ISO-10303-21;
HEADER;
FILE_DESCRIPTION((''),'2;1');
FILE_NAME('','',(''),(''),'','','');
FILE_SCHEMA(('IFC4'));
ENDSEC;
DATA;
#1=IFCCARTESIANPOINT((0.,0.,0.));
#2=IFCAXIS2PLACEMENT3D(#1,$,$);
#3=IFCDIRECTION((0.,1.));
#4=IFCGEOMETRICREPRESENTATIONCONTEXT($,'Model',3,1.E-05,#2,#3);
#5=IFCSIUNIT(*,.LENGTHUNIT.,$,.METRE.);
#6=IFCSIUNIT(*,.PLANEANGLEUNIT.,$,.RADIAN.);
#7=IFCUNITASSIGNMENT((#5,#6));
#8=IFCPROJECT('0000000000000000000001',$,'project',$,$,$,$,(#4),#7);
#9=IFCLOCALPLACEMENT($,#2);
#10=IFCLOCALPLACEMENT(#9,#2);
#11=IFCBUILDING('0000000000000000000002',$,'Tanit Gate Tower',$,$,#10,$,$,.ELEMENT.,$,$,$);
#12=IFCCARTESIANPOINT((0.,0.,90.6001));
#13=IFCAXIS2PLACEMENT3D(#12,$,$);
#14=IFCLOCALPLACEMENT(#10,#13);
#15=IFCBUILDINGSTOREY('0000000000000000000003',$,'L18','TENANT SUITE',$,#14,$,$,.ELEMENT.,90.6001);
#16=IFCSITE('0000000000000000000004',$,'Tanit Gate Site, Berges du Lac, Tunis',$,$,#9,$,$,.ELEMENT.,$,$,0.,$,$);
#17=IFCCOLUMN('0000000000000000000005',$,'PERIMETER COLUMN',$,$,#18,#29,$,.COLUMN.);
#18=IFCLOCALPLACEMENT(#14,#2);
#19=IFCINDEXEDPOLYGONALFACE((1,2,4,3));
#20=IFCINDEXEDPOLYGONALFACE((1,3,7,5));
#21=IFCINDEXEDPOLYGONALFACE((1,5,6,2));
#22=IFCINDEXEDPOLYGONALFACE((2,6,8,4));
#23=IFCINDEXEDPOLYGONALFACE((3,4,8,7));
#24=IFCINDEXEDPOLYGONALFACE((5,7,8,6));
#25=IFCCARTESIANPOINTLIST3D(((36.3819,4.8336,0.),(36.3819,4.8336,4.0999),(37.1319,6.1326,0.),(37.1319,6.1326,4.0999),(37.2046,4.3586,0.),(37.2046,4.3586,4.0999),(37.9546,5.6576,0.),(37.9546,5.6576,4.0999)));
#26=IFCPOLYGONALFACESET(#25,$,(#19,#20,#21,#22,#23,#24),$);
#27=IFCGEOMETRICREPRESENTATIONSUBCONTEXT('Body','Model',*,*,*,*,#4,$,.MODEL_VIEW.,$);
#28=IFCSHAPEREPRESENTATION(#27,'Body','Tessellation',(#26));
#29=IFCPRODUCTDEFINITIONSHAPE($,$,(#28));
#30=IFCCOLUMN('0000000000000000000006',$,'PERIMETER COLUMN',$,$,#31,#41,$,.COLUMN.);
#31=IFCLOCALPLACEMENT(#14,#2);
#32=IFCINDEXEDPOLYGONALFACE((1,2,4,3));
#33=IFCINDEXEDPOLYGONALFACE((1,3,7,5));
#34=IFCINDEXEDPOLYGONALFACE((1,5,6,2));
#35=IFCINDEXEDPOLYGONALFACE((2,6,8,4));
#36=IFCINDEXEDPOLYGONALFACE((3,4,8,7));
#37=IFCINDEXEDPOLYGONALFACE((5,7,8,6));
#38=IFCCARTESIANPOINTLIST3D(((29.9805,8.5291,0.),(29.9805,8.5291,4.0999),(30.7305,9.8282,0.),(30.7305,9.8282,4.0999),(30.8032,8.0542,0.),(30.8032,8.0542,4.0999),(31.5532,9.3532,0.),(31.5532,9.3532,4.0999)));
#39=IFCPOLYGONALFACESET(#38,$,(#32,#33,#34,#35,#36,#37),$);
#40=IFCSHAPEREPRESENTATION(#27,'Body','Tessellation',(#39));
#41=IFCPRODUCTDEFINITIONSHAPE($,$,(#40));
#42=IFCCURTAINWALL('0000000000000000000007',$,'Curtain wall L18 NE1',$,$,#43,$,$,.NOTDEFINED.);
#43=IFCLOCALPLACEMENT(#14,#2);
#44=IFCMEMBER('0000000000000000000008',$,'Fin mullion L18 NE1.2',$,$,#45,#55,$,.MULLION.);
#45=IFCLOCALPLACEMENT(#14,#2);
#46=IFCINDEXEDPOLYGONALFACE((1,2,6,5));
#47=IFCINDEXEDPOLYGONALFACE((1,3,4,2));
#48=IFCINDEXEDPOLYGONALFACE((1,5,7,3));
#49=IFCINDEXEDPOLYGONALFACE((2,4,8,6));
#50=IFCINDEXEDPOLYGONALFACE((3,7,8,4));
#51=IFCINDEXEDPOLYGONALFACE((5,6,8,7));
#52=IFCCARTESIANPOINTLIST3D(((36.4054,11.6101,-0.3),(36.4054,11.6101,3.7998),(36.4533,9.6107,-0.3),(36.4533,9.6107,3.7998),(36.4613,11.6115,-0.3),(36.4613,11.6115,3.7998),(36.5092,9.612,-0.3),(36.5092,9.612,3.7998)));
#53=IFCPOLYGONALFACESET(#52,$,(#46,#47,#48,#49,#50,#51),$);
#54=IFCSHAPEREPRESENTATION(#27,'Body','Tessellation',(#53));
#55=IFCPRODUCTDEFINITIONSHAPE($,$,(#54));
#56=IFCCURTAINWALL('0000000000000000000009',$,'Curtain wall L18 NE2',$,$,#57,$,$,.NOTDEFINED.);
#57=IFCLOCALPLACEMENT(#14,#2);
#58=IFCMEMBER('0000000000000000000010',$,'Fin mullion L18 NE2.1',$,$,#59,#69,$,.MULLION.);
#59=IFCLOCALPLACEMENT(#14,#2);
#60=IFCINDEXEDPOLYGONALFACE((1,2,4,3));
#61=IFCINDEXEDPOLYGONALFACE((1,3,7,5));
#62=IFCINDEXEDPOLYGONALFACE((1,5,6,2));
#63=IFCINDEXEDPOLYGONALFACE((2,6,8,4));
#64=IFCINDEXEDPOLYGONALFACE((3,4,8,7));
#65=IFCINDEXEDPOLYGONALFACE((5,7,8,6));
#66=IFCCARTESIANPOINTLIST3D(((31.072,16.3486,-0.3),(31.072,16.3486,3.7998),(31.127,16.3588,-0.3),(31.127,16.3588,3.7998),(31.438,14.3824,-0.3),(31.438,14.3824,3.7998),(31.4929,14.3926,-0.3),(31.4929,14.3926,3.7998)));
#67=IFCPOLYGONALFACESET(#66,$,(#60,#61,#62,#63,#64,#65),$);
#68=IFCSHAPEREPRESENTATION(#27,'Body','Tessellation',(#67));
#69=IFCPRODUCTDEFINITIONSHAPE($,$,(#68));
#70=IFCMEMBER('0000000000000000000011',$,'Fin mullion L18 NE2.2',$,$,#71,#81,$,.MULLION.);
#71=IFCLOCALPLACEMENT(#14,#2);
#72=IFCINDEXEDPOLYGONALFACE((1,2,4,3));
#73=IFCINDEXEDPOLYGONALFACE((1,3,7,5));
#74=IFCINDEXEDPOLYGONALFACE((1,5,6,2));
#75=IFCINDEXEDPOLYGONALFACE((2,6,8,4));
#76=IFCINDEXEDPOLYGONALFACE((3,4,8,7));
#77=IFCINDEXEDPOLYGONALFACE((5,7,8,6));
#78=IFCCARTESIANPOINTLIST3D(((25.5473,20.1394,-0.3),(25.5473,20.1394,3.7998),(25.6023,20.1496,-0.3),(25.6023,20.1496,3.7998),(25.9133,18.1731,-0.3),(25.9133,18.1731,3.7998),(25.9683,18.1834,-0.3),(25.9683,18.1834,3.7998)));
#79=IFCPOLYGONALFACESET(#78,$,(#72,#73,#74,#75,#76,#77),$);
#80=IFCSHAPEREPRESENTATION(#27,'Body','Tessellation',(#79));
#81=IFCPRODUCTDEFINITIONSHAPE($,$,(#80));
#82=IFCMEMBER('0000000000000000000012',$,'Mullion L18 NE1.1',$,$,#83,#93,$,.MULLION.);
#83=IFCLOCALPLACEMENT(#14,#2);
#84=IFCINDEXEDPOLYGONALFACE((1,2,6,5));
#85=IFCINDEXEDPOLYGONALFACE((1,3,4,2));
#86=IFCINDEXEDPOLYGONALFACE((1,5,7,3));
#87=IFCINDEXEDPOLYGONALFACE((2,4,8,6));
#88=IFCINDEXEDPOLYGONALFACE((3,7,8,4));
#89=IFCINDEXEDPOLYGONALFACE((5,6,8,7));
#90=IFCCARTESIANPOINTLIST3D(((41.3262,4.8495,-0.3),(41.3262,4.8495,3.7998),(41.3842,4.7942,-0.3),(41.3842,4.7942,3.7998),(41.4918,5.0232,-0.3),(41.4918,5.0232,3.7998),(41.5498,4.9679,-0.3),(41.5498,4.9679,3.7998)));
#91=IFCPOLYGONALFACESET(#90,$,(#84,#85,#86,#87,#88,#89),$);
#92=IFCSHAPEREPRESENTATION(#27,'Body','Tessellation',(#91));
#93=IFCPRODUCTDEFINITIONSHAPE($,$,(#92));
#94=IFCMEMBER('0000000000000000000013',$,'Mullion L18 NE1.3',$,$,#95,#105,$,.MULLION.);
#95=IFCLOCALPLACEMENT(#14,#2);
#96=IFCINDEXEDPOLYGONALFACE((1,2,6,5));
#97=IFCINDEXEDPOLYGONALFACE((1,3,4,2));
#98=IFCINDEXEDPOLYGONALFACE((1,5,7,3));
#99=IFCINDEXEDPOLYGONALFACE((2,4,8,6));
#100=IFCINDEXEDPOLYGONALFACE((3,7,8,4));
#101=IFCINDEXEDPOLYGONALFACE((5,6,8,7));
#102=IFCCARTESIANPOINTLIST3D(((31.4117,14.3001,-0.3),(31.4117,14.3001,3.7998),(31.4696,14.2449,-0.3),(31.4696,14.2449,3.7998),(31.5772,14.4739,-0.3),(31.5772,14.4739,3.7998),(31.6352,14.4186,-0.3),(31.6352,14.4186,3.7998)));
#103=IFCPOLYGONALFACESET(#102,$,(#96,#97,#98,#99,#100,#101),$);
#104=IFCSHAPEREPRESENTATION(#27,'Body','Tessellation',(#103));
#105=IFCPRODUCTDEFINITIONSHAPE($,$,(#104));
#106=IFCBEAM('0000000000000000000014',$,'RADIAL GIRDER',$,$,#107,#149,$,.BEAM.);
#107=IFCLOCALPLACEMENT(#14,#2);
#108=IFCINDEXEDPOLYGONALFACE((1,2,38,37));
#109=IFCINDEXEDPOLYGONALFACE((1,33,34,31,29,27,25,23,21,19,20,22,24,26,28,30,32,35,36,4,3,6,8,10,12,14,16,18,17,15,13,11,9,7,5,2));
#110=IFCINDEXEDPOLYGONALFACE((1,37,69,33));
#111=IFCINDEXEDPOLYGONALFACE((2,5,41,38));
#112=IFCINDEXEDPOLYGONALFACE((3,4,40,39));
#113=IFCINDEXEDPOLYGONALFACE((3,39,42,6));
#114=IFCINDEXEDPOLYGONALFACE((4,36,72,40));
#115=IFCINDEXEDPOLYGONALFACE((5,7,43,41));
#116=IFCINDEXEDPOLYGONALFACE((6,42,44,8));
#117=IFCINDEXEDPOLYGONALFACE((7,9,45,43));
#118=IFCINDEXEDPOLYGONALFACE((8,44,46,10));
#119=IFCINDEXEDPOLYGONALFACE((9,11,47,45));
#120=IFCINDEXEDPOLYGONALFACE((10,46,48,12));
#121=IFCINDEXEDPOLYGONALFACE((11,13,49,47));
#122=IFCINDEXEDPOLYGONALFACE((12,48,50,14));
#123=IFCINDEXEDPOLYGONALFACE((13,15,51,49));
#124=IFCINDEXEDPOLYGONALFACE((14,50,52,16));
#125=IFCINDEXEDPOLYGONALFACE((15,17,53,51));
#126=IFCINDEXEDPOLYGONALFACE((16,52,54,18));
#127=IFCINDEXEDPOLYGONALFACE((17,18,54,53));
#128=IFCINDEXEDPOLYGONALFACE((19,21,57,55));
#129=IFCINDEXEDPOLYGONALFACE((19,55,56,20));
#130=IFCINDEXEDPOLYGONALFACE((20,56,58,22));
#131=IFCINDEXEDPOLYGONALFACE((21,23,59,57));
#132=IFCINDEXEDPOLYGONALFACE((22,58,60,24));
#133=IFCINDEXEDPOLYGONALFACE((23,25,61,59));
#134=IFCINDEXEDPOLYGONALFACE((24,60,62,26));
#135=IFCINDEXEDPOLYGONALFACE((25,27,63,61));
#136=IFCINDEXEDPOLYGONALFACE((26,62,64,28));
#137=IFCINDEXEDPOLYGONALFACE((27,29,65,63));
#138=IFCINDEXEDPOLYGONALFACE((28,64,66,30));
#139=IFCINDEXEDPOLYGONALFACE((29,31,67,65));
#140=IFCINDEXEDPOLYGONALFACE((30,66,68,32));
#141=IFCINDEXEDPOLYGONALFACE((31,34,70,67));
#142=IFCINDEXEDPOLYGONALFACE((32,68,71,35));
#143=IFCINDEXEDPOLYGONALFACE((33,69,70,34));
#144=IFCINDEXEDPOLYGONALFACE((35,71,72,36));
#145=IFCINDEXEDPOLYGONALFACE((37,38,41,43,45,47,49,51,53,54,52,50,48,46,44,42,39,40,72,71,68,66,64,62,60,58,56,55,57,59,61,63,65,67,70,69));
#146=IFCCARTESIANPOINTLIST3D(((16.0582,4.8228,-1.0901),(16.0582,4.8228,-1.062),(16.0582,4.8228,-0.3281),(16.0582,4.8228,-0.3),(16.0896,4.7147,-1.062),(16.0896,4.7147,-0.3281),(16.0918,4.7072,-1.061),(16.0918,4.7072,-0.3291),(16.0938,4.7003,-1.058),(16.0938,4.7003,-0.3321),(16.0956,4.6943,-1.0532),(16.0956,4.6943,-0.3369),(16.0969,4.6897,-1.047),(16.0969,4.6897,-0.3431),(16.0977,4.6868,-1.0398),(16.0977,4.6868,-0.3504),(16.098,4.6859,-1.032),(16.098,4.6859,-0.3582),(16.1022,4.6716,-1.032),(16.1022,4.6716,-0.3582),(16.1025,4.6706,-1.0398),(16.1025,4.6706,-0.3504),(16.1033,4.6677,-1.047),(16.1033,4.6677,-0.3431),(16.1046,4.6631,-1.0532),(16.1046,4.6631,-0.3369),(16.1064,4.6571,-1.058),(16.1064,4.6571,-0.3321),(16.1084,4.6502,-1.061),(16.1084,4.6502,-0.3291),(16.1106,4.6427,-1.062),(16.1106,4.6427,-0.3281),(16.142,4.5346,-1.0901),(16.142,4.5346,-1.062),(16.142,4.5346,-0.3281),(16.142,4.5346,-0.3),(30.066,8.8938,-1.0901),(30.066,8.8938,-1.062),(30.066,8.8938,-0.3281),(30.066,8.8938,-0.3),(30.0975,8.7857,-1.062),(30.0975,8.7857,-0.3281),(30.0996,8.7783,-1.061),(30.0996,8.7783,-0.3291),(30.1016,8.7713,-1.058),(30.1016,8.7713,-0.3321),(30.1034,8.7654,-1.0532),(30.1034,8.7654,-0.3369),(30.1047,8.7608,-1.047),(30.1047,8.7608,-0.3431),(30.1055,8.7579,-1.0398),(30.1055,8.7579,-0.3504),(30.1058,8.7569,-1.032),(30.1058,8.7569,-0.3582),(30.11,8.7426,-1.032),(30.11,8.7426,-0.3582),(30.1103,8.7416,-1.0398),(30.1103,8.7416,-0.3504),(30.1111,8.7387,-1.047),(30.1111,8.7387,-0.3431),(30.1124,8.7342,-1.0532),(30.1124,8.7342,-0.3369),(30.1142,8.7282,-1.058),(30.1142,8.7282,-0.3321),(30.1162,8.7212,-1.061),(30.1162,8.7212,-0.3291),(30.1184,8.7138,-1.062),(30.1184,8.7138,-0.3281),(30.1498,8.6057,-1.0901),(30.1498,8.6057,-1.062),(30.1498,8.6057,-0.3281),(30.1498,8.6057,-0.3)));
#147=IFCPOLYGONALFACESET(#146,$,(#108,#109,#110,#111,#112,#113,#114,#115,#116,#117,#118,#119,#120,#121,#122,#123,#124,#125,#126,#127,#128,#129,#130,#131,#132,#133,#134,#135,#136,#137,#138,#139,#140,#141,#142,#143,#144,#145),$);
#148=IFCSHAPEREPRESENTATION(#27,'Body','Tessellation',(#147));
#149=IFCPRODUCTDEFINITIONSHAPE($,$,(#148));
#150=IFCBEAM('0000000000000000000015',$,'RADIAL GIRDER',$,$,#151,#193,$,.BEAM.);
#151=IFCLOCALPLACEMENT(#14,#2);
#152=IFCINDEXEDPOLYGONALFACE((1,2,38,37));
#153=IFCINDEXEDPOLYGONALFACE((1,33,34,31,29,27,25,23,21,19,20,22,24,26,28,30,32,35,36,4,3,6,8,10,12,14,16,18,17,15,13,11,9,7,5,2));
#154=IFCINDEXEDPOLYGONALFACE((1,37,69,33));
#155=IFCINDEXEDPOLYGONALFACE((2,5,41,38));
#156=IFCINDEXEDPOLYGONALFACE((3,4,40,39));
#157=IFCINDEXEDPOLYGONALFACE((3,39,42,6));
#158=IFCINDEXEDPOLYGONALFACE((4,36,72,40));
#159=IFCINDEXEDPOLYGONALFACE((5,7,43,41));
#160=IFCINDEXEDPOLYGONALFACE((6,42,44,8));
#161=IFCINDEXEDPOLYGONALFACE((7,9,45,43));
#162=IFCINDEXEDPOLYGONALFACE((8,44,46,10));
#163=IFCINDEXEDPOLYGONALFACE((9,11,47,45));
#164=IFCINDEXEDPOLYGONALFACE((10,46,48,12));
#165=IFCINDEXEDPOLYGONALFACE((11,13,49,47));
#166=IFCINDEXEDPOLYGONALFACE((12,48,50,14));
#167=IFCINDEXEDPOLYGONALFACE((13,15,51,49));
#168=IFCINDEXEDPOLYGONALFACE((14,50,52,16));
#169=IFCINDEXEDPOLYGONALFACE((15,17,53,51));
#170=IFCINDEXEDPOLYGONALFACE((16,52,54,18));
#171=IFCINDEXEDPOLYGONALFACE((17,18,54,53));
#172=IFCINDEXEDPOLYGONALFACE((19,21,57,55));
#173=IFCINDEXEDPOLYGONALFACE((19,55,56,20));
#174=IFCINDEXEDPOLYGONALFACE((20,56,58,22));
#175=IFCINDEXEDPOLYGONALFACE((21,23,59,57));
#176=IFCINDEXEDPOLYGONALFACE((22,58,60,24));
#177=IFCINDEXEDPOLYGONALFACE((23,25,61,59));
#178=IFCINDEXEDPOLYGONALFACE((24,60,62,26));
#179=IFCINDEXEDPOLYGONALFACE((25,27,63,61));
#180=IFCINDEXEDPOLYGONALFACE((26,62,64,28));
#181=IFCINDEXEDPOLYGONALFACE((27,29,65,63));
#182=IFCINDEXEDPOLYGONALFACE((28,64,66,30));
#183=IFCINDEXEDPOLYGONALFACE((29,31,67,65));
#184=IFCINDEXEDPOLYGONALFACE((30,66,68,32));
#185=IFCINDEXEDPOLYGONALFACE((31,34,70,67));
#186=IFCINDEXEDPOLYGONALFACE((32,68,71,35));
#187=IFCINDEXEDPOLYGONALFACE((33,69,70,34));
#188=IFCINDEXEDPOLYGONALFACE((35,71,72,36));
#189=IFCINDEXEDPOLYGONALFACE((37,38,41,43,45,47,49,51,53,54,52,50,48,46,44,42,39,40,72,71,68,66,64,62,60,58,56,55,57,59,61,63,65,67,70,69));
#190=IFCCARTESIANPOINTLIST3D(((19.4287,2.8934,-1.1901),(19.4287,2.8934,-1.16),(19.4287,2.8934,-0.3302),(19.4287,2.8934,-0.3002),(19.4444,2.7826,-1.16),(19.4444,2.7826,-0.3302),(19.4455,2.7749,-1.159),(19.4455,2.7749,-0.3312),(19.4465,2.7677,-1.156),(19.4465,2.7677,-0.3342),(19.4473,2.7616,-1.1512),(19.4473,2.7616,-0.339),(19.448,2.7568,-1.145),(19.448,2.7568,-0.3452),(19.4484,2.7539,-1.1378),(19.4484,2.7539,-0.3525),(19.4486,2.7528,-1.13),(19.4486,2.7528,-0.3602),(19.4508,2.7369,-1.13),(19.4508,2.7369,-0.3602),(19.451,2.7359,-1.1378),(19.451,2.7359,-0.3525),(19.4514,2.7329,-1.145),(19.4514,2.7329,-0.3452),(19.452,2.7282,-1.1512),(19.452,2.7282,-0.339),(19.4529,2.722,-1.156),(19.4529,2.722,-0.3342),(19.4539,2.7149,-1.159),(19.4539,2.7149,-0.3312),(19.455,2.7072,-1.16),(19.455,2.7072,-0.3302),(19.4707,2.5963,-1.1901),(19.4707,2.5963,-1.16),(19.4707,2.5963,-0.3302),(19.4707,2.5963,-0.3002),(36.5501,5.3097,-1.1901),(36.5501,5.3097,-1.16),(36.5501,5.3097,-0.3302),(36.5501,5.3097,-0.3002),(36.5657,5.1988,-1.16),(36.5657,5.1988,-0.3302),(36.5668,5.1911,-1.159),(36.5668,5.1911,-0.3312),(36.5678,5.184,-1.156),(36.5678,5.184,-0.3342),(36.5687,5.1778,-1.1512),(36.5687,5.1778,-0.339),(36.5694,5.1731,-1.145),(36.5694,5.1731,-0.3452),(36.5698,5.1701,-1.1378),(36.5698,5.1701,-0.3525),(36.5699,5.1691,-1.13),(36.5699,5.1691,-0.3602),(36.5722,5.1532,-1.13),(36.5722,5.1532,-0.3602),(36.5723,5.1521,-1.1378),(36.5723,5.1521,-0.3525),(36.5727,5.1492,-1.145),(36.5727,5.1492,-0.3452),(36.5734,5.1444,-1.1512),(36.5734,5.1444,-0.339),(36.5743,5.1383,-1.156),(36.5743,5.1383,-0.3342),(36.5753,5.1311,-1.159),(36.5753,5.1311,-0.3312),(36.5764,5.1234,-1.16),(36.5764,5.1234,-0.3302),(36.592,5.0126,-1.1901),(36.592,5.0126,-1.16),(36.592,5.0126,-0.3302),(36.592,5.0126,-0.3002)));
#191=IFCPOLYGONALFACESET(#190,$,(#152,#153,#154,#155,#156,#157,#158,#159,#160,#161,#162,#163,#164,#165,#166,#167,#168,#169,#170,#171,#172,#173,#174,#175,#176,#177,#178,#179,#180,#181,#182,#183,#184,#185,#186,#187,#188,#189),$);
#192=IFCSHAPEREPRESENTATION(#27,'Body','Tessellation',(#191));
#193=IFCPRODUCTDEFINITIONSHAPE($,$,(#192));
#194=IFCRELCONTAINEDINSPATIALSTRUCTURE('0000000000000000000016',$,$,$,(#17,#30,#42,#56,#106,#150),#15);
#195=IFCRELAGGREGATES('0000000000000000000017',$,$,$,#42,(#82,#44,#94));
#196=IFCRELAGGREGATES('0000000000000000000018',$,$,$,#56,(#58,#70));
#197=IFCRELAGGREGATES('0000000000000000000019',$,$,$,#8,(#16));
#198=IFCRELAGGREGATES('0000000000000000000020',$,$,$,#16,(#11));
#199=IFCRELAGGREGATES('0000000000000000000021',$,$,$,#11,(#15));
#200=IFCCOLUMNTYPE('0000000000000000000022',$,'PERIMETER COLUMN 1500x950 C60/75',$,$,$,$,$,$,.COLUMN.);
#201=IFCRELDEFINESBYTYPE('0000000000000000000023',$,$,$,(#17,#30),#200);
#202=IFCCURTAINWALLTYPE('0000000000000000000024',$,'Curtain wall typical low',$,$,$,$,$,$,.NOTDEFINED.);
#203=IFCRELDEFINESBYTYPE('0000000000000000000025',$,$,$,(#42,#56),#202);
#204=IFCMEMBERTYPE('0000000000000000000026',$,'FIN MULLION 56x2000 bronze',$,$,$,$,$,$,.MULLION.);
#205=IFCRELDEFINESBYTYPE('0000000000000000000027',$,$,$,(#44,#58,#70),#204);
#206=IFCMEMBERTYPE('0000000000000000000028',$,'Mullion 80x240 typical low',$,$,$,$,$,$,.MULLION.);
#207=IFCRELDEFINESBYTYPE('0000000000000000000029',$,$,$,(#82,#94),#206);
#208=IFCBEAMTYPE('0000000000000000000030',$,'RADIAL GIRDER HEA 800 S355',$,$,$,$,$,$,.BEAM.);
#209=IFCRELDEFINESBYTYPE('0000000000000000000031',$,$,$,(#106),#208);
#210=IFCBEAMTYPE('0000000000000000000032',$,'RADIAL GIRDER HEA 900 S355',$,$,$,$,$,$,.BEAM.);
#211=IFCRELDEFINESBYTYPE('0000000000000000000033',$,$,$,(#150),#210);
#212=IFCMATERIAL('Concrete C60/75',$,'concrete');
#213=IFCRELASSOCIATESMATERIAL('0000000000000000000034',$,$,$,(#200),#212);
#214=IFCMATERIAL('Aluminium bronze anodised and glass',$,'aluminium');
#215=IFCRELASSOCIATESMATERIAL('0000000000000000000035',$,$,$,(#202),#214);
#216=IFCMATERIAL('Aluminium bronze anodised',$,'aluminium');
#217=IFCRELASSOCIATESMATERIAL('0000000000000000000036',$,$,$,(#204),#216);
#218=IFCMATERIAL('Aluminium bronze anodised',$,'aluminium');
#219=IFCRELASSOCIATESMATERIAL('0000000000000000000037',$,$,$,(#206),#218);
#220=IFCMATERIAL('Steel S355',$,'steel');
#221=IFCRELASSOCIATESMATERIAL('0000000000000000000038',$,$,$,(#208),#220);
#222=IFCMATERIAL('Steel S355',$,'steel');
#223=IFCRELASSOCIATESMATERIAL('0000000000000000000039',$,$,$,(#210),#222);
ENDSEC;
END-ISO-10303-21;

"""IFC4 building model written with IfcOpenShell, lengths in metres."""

from ifc_helpers import new_model, si_unit, direction, frame, origin, origin_2d, place, context, subcontext, project, spatial, rectangle, i_section, extrude, material, material_profile, profile_set, type_object, element, aggregate, save


model = new_model("IFC4")

# Units and contexts
model_context = context("Model", 3, precision=1e-05, world=origin(), true_north=direction((0.0, 1.0)))
body_context = subcontext(model_context, "Body", "Model", "MODEL_VIEW")
ifc_project = project(units=[si_unit("LENGTHUNIT", "METRE"), si_unit("PLANEANGLEUNIT", "RADIAN")], contexts=[model_context])

# Site, building, storey
site_placement = place(None, origin())
site = spatial("IfcSite", under=ifc_project, at=site_placement, Name="Tanit Gate Site, Berges du Lac, Tunis", CompositionType="ELEMENT", RefElevation=0.0)
building_placement = place(site_placement, origin())
building = spatial("IfcBuilding", under=site, at=building_placement, Name="Tanit Gate Tower", CompositionType="ELEMENT")
storey_placement = place(building_placement, frame((0.0, 0.0, 90.6001)))
storey = spatial("IfcBuildingStorey", under=building, at=storey_placement, Name="L18", Description="TENANT SUITE", CompositionType="ELEMENT", Elevation=90.6001)

# Columns
ifc_material_1 = material(Name="Concrete C60/75", Category="concrete")
ifc_material_profile_1 = material_profile(ifc_material_1, rectangle(XDim=1.5, YDim=0.95, at=origin_2d()), Name="RC 1500x950")
ifc_profile_set_1 = profile_set([ifc_material_profile_1], Name="Concrete C60/75")
column_type = type_object("IfcColumnType", Name="PERIMETER COLUMN 1500x950 C60/75", PredefinedType="COLUMN", material=ifc_profile_set_1)
for number, where, z_axis, x_axis, name in (
    (1, (37.1682, 5.2456, 0.0), (0.0, 0.0, 1.0), (0.5, 0.866025, 0.0), "PERIMETER COLUMN"),
    (2, (30.7668, 8.9412, 0.0), (0.0, 0.0, 1.0), (0.5, 0.866025, 0.0), "PERIMETER COLUMN"),
):
    element("IfcColumn", number, at=place(storey_placement, frame(where, z_axis=z_axis, x_axis=x_axis)), inside=storey, type_object=column_type, Name=name, PredefinedType="COLUMN", context=body_context, shape_type="SweptSolid", body=[
        extrude(rectangle(XDim=1.5, YDim=0.95, at=origin_2d()), origin(), (0.0, 0.0, 1.0), 4.0999),
    ])

# Curtain wall, member
ifc_material_2 = material(Name="Aluminium bronze anodised and glass", Category="aluminium")
curtain_wall_type = type_object("IfcCurtainWallType", Name="Curtain wall typical low", PredefinedType="NOTDEFINED", material=ifc_material_2)
curtain_wall_1_placement = place(storey_placement, origin())
curtain_wall_1 = element("IfcCurtainWall", 3, at=curtain_wall_1_placement, inside=storey, type_object=curtain_wall_type, Name="Curtain wall L18 NE1", PredefinedType="NOTDEFINED")
ifc_material_3 = material(Name="Aluminium bronze anodised", Category="aluminium")
ifc_material_profile_2 = material_profile(ifc_material_3, rectangle(XDim=2.0, YDim=0.0559, at=origin_2d()), Name="56x2000 bronze fin mullion")
ifc_profile_set_2 = profile_set([ifc_material_profile_2], Name="Aluminium bronze anodised")
member_type_1 = type_object("IfcMemberType", Name="FIN MULLION 56x2000 bronze", PredefinedType="MULLION", material=ifc_profile_set_2)
member_1_placement = place(storey_placement, frame((36.4573, 10.6111, -0.3), z_axis=(0.0, 0.0, 1.0), x_axis=(0.023942, -0.999713, 0.0)))
member_1 = element("IfcMember", 4, at=member_1_placement, type_object=member_type_1, Name="Fin mullion L18 NE1.2", PredefinedType="MULLION", context=body_context, shape_type="SweptSolid", body=[
    extrude(rectangle(XDim=2.0, YDim=0.0559, at=origin_2d()), origin(), (0.0, 0.0, 1.0), 4.0999),
])

# Curtain wall, members
curtain_wall_2_placement = place(storey_placement, origin())
curtain_wall_2 = element("IfcCurtainWall", 5, at=curtain_wall_2_placement, inside=storey, type_object=curtain_wall_type, Name="Curtain wall L18 NE2", PredefinedType="NOTDEFINED")
member_2_placement = place(storey_placement, frame((31.2825, 15.3706, -0.3), z_axis=(0.0, 0.0, 1.0), x_axis=(0.182983, -0.983116, 0.0)))
member_2 = element("IfcMember", 6, at=member_2_placement, type_object=member_type_1, Name="Fin mullion L18 NE2.1", PredefinedType="MULLION", context=body_context, shape_type="SweptSolid", body=[
    extrude(rectangle(XDim=2.0, YDim=0.0559, at=origin_2d()), origin(), (0.0, 0.0, 1.0), 4.0999),
])
member_3_placement = place(storey_placement, frame((25.7578, 19.1614, -0.3), z_axis=(0.0, 0.0, 1.0), x_axis=(0.182983, -0.983116, 0.0)))
member_3 = element("IfcMember", 7, at=member_3_placement, type_object=member_type_1, Name="Fin mullion L18 NE2.2", PredefinedType="MULLION", context=body_context, shape_type="SweptSolid", body=[
    extrude(rectangle(XDim=2.0, YDim=0.0559, at=origin_2d()), origin(), (0.0, 0.0, 1.0), 4.0999),
])

# Members
ifc_material_4 = material(Name="Aluminium bronze anodised", Category="aluminium")
ifc_material_profile_3 = material_profile(ifc_material_4, rectangle(XDim=0.24, YDim=0.0801, at=origin_2d()), Name="80x240 bronze mullion")
ifc_profile_set_3 = profile_set([ifc_material_profile_3], Name="Aluminium bronze anodised")
member_type_2 = type_object("IfcMemberType", Name="Mullion 80x240 typical low", PredefinedType="MULLION", material=ifc_profile_set_3)
member_4_placement = place(storey_placement, frame((41.438, 4.9087, -0.3), z_axis=(0.0, 0.0, 1.0), x_axis=(-0.689974, -0.723834, 0.0)))
member_4 = element("IfcMember", 8, at=member_4_placement, type_object=member_type_2, Name="Mullion L18 NE1.1", PredefinedType="MULLION", context=body_context, shape_type="SweptSolid", body=[
    extrude(rectangle(XDim=0.24, YDim=0.0801, at=origin_2d()), origin(), (0.0, 0.0, 1.0), 4.0999),
])
member_5_placement = place(storey_placement, frame((31.5234, 14.3594, -0.3), z_axis=(0.0, 0.0, 1.0), x_axis=(-0.689974, -0.723834, 0.0)))
member_5 = element("IfcMember", 9, at=member_5_placement, type_object=member_type_2, Name="Mullion L18 NE1.3", PredefinedType="MULLION", context=body_context, shape_type="SweptSolid", body=[
    extrude(rectangle(XDim=0.24, YDim=0.0801, at=origin_2d()), origin(), (0.0, 0.0, 1.0), 4.0999),
])

# Beams
ifc_material_5 = material(Name="Steel S355", Category="steel")
ifc_material_profile_4 = material_profile(ifc_material_5, i_section(OverallWidth=0.3, OverallDepth=0.79, WebThickness=0.0149, FlangeThickness=0.0281, FilletRadius=0.03, at=origin_2d()), Name="HEA 800")
ifc_profile_set_4 = profile_set([ifc_material_profile_4], Name="Steel S355")
beam_type_1 = type_object("IfcBeamType", Name="RADIAL GIRDER HEA 800 S355", PredefinedType="BEAM", material=ifc_profile_set_4)
beam_1_placement = place(storey_placement, frame((30.1079, 8.7498, -0.6951), z_axis=(-0.960268, -0.27908, 0.0), x_axis=(0.27908, -0.960268, 0.0)))
element("IfcBeam", 10, at=beam_1_placement, inside=storey, type_object=beam_type_1, Name="RADIAL GIRDER", PredefinedType="BEAM", context=body_context, shape_type="SweptSolid", body=[
    extrude(i_section(OverallWidth=0.3, OverallDepth=0.79, WebThickness=0.0149, FlangeThickness=0.0281, FilletRadius=0.03, at=origin_2d()), origin(), (0.0, 0.0, 1.0), 14.5874),
])
ifc_material_6 = material(Name="Steel S355", Category="steel")
ifc_material_profile_5 = material_profile(ifc_material_6, i_section(OverallWidth=0.3, OverallDepth=0.8899, WebThickness=0.0161, FlangeThickness=0.03, FilletRadius=0.03, at=origin_2d()), Name="HEA 900")
ifc_profile_set_5 = profile_set([ifc_material_profile_5], Name="Steel S355")
beam_type_2 = type_object("IfcBeamType", Name="RADIAL GIRDER HEA 900 S355", PredefinedType="BEAM", material=ifc_profile_set_5)
beam_2_placement = place(storey_placement, frame((36.571, 5.1611, -0.7451), z_axis=(-0.990188, -0.139741, 0.0), x_axis=(0.139741, -0.990188, 0.0)))
element("IfcBeam", 11, at=beam_2_placement, inside=storey, type_object=beam_type_2, Name="RADIAL GIRDER", PredefinedType="BEAM", context=body_context, shape_type="SweptSolid", body=[
    extrude(i_section(OverallWidth=0.3, OverallDepth=0.8899, WebThickness=0.0161, FlangeThickness=0.03, FilletRadius=0.03, at=origin_2d()), origin(), (0.0, 0.0, 1.0), 17.291),
])

aggregate(curtain_wall_1, [member_4, member_1, member_5])
aggregate(curtain_wall_2, [member_2, member_3])

save(model, "model.ifc")
